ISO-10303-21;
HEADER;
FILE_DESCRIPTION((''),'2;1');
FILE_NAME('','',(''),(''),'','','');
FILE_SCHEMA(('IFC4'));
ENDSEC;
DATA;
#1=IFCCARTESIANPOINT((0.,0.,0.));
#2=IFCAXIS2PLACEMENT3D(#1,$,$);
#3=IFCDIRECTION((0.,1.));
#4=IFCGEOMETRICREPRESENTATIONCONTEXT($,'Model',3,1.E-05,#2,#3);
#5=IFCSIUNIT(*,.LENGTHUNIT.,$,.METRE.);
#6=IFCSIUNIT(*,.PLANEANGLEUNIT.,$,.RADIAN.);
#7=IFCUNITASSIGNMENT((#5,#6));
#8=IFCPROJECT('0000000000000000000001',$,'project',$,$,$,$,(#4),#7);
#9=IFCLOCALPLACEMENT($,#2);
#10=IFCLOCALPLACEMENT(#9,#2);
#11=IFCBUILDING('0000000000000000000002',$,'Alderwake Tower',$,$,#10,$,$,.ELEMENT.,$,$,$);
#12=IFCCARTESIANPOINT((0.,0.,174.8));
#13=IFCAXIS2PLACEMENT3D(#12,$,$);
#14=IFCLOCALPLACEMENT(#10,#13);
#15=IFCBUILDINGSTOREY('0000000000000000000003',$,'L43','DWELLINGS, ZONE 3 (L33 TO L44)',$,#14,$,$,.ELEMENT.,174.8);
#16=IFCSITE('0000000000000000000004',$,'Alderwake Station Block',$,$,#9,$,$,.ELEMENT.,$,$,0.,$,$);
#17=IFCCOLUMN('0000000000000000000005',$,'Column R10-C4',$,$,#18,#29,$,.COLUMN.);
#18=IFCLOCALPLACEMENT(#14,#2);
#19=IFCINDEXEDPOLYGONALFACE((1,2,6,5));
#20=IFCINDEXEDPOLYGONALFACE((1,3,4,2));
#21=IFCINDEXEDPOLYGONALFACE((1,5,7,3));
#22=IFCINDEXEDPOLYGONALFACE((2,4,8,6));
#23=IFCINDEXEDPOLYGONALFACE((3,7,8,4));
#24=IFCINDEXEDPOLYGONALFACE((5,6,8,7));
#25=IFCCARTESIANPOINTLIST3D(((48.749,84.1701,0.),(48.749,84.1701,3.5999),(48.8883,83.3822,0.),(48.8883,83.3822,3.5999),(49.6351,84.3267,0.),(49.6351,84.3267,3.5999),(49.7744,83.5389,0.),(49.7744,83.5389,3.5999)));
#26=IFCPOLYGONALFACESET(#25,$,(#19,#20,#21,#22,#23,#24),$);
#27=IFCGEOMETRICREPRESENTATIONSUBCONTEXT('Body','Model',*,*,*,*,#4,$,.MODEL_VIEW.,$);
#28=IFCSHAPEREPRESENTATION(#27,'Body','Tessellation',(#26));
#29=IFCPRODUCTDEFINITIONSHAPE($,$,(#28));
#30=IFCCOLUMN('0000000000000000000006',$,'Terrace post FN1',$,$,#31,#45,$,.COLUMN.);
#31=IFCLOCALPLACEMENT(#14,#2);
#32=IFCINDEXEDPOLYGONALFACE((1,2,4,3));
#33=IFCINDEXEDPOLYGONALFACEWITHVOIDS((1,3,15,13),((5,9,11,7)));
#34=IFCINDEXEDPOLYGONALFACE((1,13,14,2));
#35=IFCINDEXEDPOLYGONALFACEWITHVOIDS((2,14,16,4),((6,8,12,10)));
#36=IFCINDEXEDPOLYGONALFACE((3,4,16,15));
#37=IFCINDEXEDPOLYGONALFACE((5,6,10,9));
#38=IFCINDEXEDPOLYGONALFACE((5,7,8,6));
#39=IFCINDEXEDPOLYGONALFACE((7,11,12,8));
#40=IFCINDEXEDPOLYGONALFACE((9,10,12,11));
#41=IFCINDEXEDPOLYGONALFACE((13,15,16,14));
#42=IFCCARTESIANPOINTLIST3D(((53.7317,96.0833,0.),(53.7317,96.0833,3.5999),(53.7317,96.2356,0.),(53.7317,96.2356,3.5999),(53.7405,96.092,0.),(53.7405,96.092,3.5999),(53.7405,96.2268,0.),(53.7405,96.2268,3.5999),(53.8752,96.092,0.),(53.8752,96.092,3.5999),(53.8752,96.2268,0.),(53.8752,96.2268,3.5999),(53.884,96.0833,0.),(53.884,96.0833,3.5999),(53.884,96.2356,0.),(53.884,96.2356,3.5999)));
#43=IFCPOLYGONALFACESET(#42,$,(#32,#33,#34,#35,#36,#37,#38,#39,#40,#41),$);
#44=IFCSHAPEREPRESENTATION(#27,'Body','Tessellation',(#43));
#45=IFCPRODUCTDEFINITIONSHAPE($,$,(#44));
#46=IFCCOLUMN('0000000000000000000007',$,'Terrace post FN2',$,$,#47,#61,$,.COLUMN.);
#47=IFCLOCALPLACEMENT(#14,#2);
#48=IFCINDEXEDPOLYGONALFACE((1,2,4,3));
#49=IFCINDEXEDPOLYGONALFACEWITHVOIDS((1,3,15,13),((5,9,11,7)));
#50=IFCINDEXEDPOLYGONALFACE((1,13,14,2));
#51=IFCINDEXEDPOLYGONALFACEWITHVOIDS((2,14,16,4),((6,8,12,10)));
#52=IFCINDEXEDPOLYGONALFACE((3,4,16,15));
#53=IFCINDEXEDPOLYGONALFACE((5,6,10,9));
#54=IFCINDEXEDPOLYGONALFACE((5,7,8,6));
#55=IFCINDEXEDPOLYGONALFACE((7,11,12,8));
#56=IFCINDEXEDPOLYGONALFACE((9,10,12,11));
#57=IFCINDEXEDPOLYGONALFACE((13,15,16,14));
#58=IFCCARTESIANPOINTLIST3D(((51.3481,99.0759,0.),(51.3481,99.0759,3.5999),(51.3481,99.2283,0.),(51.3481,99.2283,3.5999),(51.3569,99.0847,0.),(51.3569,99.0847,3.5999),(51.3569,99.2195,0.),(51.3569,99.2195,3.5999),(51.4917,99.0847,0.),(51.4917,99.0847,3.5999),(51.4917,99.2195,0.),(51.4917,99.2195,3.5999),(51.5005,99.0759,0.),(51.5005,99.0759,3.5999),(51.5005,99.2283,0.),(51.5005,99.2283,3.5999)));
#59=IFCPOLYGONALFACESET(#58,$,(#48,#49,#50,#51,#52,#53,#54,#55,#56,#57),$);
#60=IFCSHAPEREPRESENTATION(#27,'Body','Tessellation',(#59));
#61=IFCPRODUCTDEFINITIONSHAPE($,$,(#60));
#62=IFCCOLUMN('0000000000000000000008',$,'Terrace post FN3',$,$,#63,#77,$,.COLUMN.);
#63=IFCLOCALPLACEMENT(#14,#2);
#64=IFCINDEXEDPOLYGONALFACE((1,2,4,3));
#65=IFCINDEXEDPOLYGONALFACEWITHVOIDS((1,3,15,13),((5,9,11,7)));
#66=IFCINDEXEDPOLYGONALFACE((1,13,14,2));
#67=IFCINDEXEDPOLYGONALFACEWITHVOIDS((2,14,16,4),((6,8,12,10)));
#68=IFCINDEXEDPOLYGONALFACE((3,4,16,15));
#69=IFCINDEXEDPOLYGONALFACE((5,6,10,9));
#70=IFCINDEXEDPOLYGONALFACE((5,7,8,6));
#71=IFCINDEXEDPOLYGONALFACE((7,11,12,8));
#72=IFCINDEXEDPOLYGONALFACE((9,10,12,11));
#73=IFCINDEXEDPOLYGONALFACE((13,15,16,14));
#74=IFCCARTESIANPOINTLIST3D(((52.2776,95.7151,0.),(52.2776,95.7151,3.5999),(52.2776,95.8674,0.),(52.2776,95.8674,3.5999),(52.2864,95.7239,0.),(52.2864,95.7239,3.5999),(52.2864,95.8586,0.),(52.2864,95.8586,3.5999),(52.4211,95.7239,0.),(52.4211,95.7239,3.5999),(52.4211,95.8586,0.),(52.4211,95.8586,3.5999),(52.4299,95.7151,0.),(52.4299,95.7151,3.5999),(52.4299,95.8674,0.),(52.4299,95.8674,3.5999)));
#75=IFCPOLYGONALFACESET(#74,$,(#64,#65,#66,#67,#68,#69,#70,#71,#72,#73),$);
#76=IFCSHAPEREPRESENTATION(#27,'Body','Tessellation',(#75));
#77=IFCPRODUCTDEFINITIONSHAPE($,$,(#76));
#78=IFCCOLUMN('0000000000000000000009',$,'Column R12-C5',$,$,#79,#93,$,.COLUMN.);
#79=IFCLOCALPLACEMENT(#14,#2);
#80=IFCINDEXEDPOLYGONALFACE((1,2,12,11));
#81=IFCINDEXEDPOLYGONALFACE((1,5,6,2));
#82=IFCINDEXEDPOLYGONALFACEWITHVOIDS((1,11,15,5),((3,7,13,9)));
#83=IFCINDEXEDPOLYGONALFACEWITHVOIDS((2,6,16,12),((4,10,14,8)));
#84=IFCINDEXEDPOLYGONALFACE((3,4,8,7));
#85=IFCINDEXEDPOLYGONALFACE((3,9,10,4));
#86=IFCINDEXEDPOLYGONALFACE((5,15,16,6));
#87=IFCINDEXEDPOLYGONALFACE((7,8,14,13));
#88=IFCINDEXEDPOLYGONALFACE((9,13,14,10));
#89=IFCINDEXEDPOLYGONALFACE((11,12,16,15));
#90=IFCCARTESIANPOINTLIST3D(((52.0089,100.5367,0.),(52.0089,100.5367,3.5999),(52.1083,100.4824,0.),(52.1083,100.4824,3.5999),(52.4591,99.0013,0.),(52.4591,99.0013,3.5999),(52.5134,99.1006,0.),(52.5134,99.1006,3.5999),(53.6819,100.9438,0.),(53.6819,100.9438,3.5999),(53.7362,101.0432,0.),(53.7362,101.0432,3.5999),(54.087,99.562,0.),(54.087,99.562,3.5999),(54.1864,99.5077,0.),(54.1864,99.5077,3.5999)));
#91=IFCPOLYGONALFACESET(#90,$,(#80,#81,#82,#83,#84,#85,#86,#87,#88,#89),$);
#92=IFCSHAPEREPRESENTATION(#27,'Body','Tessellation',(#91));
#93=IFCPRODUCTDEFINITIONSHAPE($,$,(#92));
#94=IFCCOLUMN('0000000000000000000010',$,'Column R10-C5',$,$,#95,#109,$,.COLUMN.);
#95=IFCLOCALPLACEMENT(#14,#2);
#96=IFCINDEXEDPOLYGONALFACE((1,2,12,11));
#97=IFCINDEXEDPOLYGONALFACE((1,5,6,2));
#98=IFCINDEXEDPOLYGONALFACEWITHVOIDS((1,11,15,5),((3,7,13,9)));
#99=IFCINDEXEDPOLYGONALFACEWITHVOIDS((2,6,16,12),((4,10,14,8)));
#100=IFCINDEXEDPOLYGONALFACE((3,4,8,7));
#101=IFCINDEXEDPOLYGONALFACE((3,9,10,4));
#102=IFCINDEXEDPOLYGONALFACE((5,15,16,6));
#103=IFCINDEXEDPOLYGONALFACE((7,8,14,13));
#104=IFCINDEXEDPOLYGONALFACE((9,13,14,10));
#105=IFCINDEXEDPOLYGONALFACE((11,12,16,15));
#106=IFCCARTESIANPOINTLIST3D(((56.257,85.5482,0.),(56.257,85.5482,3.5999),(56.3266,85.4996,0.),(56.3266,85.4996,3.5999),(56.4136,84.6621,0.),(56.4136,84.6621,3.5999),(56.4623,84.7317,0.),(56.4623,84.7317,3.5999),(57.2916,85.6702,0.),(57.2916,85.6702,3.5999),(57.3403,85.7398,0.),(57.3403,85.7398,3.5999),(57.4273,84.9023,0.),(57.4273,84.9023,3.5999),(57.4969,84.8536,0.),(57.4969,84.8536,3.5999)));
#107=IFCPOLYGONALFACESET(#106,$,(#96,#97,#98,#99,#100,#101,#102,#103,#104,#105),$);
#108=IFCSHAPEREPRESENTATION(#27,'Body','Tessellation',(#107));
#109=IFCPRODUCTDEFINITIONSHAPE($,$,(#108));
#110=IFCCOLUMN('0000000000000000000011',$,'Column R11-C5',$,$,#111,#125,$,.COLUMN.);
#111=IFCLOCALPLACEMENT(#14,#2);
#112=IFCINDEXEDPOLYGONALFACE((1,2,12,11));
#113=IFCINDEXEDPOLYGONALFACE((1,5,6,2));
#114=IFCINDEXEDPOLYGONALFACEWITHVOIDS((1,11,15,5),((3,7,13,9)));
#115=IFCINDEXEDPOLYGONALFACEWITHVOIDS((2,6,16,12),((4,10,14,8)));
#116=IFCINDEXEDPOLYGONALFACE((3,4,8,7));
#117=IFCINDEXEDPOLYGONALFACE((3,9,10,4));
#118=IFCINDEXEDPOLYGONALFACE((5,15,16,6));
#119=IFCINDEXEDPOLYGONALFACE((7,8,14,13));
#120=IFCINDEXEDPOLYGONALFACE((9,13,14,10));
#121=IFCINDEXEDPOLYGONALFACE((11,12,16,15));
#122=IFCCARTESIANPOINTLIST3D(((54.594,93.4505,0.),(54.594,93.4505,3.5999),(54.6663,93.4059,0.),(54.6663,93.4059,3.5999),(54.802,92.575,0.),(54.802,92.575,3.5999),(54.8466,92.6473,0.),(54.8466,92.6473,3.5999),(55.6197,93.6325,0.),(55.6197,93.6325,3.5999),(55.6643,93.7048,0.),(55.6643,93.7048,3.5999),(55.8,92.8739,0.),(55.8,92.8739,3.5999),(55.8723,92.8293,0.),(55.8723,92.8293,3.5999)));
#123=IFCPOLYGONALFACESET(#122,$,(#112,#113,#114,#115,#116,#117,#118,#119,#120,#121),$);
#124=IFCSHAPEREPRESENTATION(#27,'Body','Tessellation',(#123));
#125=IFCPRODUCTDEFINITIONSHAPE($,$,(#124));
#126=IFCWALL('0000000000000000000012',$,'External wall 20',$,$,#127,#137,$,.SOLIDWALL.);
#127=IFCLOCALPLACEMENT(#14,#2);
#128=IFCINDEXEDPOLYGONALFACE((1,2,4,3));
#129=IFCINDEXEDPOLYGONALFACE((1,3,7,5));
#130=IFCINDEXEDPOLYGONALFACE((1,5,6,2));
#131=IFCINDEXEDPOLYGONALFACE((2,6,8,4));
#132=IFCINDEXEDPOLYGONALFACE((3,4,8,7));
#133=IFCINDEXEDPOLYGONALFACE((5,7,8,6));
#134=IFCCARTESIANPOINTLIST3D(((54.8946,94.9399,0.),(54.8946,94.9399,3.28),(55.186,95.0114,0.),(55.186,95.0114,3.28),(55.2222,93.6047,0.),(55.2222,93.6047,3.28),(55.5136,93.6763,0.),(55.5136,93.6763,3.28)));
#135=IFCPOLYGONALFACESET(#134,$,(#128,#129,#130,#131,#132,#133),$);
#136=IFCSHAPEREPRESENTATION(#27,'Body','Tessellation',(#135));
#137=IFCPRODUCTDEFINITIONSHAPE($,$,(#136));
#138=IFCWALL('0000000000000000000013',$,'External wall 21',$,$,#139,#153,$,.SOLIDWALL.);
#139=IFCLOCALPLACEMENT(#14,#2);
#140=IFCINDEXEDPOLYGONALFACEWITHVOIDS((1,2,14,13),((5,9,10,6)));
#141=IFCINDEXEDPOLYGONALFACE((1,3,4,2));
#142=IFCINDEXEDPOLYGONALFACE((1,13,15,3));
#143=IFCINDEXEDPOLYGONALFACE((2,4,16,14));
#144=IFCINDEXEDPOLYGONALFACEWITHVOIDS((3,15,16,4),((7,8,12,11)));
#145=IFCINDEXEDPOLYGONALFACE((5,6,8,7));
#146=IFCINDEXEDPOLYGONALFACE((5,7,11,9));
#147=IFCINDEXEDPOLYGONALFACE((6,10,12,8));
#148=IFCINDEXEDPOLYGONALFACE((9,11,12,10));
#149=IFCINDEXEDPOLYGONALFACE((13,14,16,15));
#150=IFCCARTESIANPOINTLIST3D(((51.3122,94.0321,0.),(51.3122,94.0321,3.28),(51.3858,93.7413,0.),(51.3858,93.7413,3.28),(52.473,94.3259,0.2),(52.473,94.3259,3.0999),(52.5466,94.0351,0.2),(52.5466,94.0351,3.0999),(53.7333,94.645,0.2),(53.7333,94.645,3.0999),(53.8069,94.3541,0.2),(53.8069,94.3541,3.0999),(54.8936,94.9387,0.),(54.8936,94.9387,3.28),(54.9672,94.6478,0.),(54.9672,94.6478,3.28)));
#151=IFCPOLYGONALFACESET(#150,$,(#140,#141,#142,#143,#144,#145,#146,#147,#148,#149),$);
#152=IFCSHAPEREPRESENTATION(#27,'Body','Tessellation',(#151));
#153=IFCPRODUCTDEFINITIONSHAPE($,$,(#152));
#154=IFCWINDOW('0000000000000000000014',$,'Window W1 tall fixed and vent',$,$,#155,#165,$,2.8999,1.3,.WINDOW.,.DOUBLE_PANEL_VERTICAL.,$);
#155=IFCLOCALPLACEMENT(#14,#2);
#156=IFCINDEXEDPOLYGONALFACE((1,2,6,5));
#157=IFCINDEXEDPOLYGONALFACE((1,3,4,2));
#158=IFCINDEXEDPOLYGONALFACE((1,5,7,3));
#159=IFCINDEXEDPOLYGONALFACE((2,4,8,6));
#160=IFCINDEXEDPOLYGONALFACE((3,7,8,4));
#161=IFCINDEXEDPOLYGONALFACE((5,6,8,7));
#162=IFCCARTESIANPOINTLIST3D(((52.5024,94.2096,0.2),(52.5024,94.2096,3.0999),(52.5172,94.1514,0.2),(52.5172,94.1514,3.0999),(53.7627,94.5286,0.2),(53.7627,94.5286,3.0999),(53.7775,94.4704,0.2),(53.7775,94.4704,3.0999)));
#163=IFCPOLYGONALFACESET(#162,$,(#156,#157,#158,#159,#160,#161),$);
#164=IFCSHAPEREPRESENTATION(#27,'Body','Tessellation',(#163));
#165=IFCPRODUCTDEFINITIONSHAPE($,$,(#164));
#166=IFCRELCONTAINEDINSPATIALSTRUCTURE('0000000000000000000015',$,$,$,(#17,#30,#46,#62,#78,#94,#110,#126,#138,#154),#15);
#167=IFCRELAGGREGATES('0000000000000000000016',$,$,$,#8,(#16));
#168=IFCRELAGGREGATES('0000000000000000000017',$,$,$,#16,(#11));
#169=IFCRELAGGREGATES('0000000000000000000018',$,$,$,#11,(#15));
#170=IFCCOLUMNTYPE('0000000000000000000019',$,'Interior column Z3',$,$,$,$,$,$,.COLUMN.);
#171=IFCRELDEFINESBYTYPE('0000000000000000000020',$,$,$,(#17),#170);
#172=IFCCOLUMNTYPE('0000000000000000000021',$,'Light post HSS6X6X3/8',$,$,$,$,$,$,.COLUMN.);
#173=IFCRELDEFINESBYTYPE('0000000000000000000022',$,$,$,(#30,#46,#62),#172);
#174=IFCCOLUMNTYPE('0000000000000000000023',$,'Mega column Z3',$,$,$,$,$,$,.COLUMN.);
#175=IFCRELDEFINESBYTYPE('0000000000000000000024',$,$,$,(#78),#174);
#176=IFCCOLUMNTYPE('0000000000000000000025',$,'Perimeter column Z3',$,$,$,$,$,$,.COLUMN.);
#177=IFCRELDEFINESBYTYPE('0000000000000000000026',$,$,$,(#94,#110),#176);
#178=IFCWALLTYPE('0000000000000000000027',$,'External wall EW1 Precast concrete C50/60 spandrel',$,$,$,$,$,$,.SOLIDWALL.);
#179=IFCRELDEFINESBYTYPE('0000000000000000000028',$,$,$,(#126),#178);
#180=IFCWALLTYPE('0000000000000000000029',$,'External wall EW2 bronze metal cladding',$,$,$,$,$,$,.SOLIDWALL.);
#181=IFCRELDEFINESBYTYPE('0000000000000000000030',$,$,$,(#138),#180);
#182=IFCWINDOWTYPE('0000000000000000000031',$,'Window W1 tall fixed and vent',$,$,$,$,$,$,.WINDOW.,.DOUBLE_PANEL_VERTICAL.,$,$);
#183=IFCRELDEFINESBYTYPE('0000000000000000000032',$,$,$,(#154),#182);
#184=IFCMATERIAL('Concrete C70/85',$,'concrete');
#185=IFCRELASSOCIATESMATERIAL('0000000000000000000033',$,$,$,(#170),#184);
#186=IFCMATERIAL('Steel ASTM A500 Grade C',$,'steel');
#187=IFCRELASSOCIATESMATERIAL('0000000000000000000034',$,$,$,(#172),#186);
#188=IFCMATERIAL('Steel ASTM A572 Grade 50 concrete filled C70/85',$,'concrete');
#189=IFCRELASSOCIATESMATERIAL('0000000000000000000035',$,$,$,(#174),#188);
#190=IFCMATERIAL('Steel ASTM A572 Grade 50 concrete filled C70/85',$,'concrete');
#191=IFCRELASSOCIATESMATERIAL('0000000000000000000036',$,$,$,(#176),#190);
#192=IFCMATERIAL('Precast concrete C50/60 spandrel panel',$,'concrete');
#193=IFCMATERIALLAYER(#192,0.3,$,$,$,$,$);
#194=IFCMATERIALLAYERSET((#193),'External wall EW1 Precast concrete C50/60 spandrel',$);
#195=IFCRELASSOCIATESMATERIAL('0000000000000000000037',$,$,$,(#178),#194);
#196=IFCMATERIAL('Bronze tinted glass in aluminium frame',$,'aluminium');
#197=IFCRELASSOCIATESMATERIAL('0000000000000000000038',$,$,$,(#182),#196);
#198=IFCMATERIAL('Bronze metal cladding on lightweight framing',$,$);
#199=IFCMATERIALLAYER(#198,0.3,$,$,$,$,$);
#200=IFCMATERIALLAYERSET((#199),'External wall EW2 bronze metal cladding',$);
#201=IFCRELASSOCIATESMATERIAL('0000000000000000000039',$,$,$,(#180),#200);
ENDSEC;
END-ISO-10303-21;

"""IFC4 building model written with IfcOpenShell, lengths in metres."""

from ifc_helpers import new_model, si_unit, direction, frame, frame_2d, origin, origin_2d, place, context, subcontext, project, spatial, rectangle, hollow_rectangle, extrude, material, layer, layer_set, material_profile, profile_set, type_object, element, fill, save


model = new_model("IFC4")

# Units and contexts
model_context = context("Model", 3, precision=1e-05, world=origin(), true_north=direction((0.0, 1.0)))
body_context = subcontext(model_context, "Body", "Model", "MODEL_VIEW")
ifc_project = project(units=[si_unit("LENGTHUNIT", "METRE"), si_unit("PLANEANGLEUNIT", "RADIAN")], contexts=[model_context])

# Site, building, storey
site_placement = place(None, origin())
site = spatial("IfcSite", under=ifc_project, at=site_placement, Name="Alderwake Station Block", CompositionType="ELEMENT", RefElevation=0.0)
building_placement = place(site_placement, origin())
building = spatial("IfcBuilding", under=site, at=building_placement, Name="Alderwake Tower", CompositionType="ELEMENT")
storey_placement = place(building_placement, frame((0.0, 0.0, 174.8)))
storey = spatial("IfcBuildingStorey", under=building, at=storey_placement, Name="L43", Description="DWELLINGS, ZONE 3 (L33 TO L44)", CompositionType="ELEMENT", Elevation=174.8)

# Columns
ifc_material_1 = material(Name="Concrete C70/85", Category="concrete")
ifc_material_profile_1 = material_profile(ifc_material_1, rectangle(XDim=0.8, YDim=0.8999, at=origin_2d()), Name="RC 900X800")
ifc_profile_set_1 = profile_set([ifc_material_profile_1], Name="Concrete C70/85")
column_type_1 = type_object("IfcColumnType", Name="Interior column Z3", PredefinedType="COLUMN", material=ifc_profile_set_1)
column_1_placement = place(storey_placement, frame((49.2617, 83.8545, 0.0), z_axis=(0.0, 0.0, 1.0), x_axis=(-0.174109, 0.984726, 0.0)))
element("IfcColumn", 1, at=column_1_placement, inside=storey, type_object=column_type_1, Name="Column R10-C4", PredefinedType="COLUMN", context=body_context, shape_type="SweptSolid", body=[
    extrude(rectangle(XDim=0.8, YDim=0.8999, at=origin_2d()), origin(), (0.0, 0.0, 1.0), 3.5999),
])
ifc_material_2 = material(Name="Steel ASTM A500 Grade C", Category="steel")
ifc_material_profile_2 = material_profile(ifc_material_2, hollow_rectangle(XDim=0.1523, YDim=0.1523, WallThickness=0.0088, at=origin_2d()), Name="HSS6X6X3/8")
ifc_profile_set_2 = profile_set([ifc_material_profile_2], Name="Steel ASTM A500 Grade C")
column_type_2 = type_object("IfcColumnType", Name="Light post HSS6X6X3/8", PredefinedType="COLUMN", material=ifc_profile_set_2)
for number, where, z_axis, x_axis, name in (
    (2, (53.8079, 96.1594, 0.0), (0.0, 0.0, 1.0), (1.0, 0.0, 0.0), "Terrace post FN1"),
    (3, (51.4243, 99.1521, 0.0), (0.0, 0.0, 1.0), (1.0, 0.0, 0.0), "Terrace post FN2"),
    (4, (52.3538, 95.7913, 0.0), (0.0, 0.0, 1.0), (1.0, 0.0, 0.0), "Terrace post FN3"),
):
    element("IfcColumn", number, at=place(storey_placement, frame(where, z_axis=z_axis, x_axis=x_axis)), inside=storey, type_object=column_type_2, Name=name, PredefinedType="COLUMN", context=body_context, shape_type="SweptSolid", body=[
        extrude(hollow_rectangle(XDim=0.1523, YDim=0.1523, WallThickness=0.0088, at=origin_2d()), origin(), (0.0, 0.0, 1.0), 3.5999),
    ])
ifc_material_3 = material(Name="Steel ASTM A572 Grade 50 concrete filled C70/85", Category="concrete")
ifc_material_profile_3 = material_profile(ifc_material_3, hollow_rectangle(XDim=1.6001, YDim=1.8, WallThickness=0.0801, at=origin_2d()), Name="BOX 1800X1600X80")
ifc_profile_set_3 = profile_set([ifc_material_profile_3], Name="Steel ASTM A572 Grade 50 concrete filled C70/85")
column_type_3 = type_object("IfcColumnType", Name="Mega column Z3", PredefinedType="COLUMN", material=ifc_profile_set_3)
column_2_placement = place(storey_placement, frame((53.0977, 100.0222, 0.0), z_axis=(0.0, 0.0, 1.0), x_axis=(-0.281342, 0.959608, 0.0)))
element("IfcColumn", 5, at=column_2_placement, inside=storey, type_object=column_type_3, Name="Column R12-C5", PredefinedType="COLUMN", context=body_context, shape_type="SweptSolid", body=[
    extrude(hollow_rectangle(XDim=1.6001, YDim=1.8, WallThickness=0.0801, at=origin_2d()), origin(), (0.0, 0.0, 1.0), 3.5999),
])
ifc_material_4 = material(Name="Steel ASTM A572 Grade 50 concrete filled C70/85", Category="concrete")
ifc_material_profile_4 = material_profile(ifc_material_4, hollow_rectangle(XDim=0.8999, YDim=1.1001, WallThickness=0.0601, at=origin_2d()), Name="BOX 1100X900X60")
ifc_profile_set_4 = profile_set([ifc_material_profile_4], Name="Steel ASTM A572 Grade 50 concrete filled C70/85")
column_type_4 = type_object("IfcColumnType", Name="Perimeter column Z3", PredefinedType="COLUMN", material=ifc_profile_set_4)
for number, where, z_axis, x_axis, name in (
    (6, (56.877, 85.2009, 0.0), (0.0, 0.0, 1.0), (-0.174107, 0.984727, 0.0), "Column R10-C5"),
    (7, (55.2332, 93.1399, 0.0), (0.0, 0.0, 1.0), (-0.231222, 0.972901, 0.0), "Column R11-C5"),
):
    element("IfcColumn", number, at=place(storey_placement, frame(where, z_axis=z_axis, x_axis=x_axis)), inside=storey, type_object=column_type_4, Name=name, PredefinedType="COLUMN", context=body_context, shape_type="SweptSolid", body=[
        extrude(hollow_rectangle(XDim=0.8999, YDim=1.1001, WallThickness=0.0601, at=origin_2d()), origin(), (0.0, 0.0, 1.0), 3.5999),
    ])

# Shared definitions
ifc_material_5 = material(Name="Precast concrete C50/60 spandrel panel", Category="concrete")
ifc_layer_1 = layer(ifc_material_5, 0.3)
ifc_layer_set_1 = layer_set([ifc_layer_1], Name="External wall EW1 Precast concrete C50/60 spandrel")
wall_type_1 = type_object("IfcWallType", Name="External wall EW1 Precast concrete C50/60 spandrel", PredefinedType="SOLIDWALL", material=ifc_layer_set_1)
ifc_material_6 = material(Name="Bronze tinted glass in aluminium frame", Category="aluminium")
window_type = type_object("IfcWindowType", Name="Window W1 tall fixed and vent", PartitioningType="DOUBLE_PANEL_VERTICAL", PredefinedType="WINDOW", material=ifc_material_6)

# Wall
wall_1_placement = place(storey_placement, frame((55.3679, 93.6404, 0.0), z_axis=(0.0, 0.0, 1.0), x_axis=(-0.238313, 0.971188, 0.0)))
element("IfcWall", 8, at=wall_1_placement, inside=storey, type_object=wall_type_1, Name="External wall 20", PredefinedType="SOLIDWALL", context=body_context, shape_type="SweptSolid", body=[
    extrude(rectangle(XDim=1.3748, YDim=0.3, at=frame_2d((0.6875, 0.0))), origin(), (0.0, 0.0, 1.0), 3.28),
])

# Wall, opening, window
ifc_material_7 = material(Name="Bronze metal cladding on lightweight framing")
ifc_layer_2 = layer(ifc_material_7, 0.3)
ifc_layer_set_2 = layer_set([ifc_layer_2], Name="External wall EW2 bronze metal cladding")
wall_type_2 = type_object("IfcWallType", Name="External wall EW2 bronze metal cladding", PredefinedType="SOLIDWALL", material=ifc_layer_set_2)
wall_2_placement = place(storey_placement, frame((54.9304, 94.7932, 0.0), z_axis=(0.0, 0.0, 1.0), x_axis=(-0.969427, -0.24538, 0.0)))
wall_2 = element("IfcWall", 9, at=wall_2_placement, inside=storey, type_object=wall_type_2, Name="External wall 21", PredefinedType="SOLIDWALL", context=body_context, shape_type="SweptSolid", body=[
    extrude(rectangle(XDim=3.6943, YDim=0.3, at=frame_2d((1.8472, 0.0))), origin(), (0.0, 0.0, 1.0), 3.28),
])
opening_1_placement = place(wall_2_placement, frame((1.197, 0.0, 0.2)))
opening_1 = element("IfcOpeningElement", 10, at=opening_1_placement, cuts=wall_2, PredefinedType="OPENING", context=body_context, shape_type="SweptSolid", body=[
    extrude(rectangle(XDim=1.3, YDim=2.8999, at=frame_2d((0.6499, 1.45))), frame((0.0, 0.1599, 0.0), z_axis=(0.0, -1.0, 0.0), x_axis=(1.0, 0.0, 0.0)), (0.0, 0.0, 1.0), 0.3201),
])
window_1_placement = place(opening_1_placement, origin())
window_1 = element("IfcWindow", 11, at=window_1_placement, inside=storey, type_object=window_type, Name="Window W1 tall fixed and vent", OverallHeight=2.8999, OverallWidth=1.3, PartitioningType="DOUBLE_PANEL_VERTICAL", PredefinedType="WINDOW", context=body_context, shape_type="SweptSolid", body=[
    extrude(rectangle(XDim=1.3, YDim=2.8999, at=frame_2d((0.6499, 1.45))), frame((0.0, 0.03, 0.0), z_axis=(0.0, -1.0, 0.0), x_axis=(1.0, 0.0, 0.0)), (0.0, 0.0, 1.0), 0.0601),
])
fill(opening_1, window_1)

save(model, "model.ifc")
